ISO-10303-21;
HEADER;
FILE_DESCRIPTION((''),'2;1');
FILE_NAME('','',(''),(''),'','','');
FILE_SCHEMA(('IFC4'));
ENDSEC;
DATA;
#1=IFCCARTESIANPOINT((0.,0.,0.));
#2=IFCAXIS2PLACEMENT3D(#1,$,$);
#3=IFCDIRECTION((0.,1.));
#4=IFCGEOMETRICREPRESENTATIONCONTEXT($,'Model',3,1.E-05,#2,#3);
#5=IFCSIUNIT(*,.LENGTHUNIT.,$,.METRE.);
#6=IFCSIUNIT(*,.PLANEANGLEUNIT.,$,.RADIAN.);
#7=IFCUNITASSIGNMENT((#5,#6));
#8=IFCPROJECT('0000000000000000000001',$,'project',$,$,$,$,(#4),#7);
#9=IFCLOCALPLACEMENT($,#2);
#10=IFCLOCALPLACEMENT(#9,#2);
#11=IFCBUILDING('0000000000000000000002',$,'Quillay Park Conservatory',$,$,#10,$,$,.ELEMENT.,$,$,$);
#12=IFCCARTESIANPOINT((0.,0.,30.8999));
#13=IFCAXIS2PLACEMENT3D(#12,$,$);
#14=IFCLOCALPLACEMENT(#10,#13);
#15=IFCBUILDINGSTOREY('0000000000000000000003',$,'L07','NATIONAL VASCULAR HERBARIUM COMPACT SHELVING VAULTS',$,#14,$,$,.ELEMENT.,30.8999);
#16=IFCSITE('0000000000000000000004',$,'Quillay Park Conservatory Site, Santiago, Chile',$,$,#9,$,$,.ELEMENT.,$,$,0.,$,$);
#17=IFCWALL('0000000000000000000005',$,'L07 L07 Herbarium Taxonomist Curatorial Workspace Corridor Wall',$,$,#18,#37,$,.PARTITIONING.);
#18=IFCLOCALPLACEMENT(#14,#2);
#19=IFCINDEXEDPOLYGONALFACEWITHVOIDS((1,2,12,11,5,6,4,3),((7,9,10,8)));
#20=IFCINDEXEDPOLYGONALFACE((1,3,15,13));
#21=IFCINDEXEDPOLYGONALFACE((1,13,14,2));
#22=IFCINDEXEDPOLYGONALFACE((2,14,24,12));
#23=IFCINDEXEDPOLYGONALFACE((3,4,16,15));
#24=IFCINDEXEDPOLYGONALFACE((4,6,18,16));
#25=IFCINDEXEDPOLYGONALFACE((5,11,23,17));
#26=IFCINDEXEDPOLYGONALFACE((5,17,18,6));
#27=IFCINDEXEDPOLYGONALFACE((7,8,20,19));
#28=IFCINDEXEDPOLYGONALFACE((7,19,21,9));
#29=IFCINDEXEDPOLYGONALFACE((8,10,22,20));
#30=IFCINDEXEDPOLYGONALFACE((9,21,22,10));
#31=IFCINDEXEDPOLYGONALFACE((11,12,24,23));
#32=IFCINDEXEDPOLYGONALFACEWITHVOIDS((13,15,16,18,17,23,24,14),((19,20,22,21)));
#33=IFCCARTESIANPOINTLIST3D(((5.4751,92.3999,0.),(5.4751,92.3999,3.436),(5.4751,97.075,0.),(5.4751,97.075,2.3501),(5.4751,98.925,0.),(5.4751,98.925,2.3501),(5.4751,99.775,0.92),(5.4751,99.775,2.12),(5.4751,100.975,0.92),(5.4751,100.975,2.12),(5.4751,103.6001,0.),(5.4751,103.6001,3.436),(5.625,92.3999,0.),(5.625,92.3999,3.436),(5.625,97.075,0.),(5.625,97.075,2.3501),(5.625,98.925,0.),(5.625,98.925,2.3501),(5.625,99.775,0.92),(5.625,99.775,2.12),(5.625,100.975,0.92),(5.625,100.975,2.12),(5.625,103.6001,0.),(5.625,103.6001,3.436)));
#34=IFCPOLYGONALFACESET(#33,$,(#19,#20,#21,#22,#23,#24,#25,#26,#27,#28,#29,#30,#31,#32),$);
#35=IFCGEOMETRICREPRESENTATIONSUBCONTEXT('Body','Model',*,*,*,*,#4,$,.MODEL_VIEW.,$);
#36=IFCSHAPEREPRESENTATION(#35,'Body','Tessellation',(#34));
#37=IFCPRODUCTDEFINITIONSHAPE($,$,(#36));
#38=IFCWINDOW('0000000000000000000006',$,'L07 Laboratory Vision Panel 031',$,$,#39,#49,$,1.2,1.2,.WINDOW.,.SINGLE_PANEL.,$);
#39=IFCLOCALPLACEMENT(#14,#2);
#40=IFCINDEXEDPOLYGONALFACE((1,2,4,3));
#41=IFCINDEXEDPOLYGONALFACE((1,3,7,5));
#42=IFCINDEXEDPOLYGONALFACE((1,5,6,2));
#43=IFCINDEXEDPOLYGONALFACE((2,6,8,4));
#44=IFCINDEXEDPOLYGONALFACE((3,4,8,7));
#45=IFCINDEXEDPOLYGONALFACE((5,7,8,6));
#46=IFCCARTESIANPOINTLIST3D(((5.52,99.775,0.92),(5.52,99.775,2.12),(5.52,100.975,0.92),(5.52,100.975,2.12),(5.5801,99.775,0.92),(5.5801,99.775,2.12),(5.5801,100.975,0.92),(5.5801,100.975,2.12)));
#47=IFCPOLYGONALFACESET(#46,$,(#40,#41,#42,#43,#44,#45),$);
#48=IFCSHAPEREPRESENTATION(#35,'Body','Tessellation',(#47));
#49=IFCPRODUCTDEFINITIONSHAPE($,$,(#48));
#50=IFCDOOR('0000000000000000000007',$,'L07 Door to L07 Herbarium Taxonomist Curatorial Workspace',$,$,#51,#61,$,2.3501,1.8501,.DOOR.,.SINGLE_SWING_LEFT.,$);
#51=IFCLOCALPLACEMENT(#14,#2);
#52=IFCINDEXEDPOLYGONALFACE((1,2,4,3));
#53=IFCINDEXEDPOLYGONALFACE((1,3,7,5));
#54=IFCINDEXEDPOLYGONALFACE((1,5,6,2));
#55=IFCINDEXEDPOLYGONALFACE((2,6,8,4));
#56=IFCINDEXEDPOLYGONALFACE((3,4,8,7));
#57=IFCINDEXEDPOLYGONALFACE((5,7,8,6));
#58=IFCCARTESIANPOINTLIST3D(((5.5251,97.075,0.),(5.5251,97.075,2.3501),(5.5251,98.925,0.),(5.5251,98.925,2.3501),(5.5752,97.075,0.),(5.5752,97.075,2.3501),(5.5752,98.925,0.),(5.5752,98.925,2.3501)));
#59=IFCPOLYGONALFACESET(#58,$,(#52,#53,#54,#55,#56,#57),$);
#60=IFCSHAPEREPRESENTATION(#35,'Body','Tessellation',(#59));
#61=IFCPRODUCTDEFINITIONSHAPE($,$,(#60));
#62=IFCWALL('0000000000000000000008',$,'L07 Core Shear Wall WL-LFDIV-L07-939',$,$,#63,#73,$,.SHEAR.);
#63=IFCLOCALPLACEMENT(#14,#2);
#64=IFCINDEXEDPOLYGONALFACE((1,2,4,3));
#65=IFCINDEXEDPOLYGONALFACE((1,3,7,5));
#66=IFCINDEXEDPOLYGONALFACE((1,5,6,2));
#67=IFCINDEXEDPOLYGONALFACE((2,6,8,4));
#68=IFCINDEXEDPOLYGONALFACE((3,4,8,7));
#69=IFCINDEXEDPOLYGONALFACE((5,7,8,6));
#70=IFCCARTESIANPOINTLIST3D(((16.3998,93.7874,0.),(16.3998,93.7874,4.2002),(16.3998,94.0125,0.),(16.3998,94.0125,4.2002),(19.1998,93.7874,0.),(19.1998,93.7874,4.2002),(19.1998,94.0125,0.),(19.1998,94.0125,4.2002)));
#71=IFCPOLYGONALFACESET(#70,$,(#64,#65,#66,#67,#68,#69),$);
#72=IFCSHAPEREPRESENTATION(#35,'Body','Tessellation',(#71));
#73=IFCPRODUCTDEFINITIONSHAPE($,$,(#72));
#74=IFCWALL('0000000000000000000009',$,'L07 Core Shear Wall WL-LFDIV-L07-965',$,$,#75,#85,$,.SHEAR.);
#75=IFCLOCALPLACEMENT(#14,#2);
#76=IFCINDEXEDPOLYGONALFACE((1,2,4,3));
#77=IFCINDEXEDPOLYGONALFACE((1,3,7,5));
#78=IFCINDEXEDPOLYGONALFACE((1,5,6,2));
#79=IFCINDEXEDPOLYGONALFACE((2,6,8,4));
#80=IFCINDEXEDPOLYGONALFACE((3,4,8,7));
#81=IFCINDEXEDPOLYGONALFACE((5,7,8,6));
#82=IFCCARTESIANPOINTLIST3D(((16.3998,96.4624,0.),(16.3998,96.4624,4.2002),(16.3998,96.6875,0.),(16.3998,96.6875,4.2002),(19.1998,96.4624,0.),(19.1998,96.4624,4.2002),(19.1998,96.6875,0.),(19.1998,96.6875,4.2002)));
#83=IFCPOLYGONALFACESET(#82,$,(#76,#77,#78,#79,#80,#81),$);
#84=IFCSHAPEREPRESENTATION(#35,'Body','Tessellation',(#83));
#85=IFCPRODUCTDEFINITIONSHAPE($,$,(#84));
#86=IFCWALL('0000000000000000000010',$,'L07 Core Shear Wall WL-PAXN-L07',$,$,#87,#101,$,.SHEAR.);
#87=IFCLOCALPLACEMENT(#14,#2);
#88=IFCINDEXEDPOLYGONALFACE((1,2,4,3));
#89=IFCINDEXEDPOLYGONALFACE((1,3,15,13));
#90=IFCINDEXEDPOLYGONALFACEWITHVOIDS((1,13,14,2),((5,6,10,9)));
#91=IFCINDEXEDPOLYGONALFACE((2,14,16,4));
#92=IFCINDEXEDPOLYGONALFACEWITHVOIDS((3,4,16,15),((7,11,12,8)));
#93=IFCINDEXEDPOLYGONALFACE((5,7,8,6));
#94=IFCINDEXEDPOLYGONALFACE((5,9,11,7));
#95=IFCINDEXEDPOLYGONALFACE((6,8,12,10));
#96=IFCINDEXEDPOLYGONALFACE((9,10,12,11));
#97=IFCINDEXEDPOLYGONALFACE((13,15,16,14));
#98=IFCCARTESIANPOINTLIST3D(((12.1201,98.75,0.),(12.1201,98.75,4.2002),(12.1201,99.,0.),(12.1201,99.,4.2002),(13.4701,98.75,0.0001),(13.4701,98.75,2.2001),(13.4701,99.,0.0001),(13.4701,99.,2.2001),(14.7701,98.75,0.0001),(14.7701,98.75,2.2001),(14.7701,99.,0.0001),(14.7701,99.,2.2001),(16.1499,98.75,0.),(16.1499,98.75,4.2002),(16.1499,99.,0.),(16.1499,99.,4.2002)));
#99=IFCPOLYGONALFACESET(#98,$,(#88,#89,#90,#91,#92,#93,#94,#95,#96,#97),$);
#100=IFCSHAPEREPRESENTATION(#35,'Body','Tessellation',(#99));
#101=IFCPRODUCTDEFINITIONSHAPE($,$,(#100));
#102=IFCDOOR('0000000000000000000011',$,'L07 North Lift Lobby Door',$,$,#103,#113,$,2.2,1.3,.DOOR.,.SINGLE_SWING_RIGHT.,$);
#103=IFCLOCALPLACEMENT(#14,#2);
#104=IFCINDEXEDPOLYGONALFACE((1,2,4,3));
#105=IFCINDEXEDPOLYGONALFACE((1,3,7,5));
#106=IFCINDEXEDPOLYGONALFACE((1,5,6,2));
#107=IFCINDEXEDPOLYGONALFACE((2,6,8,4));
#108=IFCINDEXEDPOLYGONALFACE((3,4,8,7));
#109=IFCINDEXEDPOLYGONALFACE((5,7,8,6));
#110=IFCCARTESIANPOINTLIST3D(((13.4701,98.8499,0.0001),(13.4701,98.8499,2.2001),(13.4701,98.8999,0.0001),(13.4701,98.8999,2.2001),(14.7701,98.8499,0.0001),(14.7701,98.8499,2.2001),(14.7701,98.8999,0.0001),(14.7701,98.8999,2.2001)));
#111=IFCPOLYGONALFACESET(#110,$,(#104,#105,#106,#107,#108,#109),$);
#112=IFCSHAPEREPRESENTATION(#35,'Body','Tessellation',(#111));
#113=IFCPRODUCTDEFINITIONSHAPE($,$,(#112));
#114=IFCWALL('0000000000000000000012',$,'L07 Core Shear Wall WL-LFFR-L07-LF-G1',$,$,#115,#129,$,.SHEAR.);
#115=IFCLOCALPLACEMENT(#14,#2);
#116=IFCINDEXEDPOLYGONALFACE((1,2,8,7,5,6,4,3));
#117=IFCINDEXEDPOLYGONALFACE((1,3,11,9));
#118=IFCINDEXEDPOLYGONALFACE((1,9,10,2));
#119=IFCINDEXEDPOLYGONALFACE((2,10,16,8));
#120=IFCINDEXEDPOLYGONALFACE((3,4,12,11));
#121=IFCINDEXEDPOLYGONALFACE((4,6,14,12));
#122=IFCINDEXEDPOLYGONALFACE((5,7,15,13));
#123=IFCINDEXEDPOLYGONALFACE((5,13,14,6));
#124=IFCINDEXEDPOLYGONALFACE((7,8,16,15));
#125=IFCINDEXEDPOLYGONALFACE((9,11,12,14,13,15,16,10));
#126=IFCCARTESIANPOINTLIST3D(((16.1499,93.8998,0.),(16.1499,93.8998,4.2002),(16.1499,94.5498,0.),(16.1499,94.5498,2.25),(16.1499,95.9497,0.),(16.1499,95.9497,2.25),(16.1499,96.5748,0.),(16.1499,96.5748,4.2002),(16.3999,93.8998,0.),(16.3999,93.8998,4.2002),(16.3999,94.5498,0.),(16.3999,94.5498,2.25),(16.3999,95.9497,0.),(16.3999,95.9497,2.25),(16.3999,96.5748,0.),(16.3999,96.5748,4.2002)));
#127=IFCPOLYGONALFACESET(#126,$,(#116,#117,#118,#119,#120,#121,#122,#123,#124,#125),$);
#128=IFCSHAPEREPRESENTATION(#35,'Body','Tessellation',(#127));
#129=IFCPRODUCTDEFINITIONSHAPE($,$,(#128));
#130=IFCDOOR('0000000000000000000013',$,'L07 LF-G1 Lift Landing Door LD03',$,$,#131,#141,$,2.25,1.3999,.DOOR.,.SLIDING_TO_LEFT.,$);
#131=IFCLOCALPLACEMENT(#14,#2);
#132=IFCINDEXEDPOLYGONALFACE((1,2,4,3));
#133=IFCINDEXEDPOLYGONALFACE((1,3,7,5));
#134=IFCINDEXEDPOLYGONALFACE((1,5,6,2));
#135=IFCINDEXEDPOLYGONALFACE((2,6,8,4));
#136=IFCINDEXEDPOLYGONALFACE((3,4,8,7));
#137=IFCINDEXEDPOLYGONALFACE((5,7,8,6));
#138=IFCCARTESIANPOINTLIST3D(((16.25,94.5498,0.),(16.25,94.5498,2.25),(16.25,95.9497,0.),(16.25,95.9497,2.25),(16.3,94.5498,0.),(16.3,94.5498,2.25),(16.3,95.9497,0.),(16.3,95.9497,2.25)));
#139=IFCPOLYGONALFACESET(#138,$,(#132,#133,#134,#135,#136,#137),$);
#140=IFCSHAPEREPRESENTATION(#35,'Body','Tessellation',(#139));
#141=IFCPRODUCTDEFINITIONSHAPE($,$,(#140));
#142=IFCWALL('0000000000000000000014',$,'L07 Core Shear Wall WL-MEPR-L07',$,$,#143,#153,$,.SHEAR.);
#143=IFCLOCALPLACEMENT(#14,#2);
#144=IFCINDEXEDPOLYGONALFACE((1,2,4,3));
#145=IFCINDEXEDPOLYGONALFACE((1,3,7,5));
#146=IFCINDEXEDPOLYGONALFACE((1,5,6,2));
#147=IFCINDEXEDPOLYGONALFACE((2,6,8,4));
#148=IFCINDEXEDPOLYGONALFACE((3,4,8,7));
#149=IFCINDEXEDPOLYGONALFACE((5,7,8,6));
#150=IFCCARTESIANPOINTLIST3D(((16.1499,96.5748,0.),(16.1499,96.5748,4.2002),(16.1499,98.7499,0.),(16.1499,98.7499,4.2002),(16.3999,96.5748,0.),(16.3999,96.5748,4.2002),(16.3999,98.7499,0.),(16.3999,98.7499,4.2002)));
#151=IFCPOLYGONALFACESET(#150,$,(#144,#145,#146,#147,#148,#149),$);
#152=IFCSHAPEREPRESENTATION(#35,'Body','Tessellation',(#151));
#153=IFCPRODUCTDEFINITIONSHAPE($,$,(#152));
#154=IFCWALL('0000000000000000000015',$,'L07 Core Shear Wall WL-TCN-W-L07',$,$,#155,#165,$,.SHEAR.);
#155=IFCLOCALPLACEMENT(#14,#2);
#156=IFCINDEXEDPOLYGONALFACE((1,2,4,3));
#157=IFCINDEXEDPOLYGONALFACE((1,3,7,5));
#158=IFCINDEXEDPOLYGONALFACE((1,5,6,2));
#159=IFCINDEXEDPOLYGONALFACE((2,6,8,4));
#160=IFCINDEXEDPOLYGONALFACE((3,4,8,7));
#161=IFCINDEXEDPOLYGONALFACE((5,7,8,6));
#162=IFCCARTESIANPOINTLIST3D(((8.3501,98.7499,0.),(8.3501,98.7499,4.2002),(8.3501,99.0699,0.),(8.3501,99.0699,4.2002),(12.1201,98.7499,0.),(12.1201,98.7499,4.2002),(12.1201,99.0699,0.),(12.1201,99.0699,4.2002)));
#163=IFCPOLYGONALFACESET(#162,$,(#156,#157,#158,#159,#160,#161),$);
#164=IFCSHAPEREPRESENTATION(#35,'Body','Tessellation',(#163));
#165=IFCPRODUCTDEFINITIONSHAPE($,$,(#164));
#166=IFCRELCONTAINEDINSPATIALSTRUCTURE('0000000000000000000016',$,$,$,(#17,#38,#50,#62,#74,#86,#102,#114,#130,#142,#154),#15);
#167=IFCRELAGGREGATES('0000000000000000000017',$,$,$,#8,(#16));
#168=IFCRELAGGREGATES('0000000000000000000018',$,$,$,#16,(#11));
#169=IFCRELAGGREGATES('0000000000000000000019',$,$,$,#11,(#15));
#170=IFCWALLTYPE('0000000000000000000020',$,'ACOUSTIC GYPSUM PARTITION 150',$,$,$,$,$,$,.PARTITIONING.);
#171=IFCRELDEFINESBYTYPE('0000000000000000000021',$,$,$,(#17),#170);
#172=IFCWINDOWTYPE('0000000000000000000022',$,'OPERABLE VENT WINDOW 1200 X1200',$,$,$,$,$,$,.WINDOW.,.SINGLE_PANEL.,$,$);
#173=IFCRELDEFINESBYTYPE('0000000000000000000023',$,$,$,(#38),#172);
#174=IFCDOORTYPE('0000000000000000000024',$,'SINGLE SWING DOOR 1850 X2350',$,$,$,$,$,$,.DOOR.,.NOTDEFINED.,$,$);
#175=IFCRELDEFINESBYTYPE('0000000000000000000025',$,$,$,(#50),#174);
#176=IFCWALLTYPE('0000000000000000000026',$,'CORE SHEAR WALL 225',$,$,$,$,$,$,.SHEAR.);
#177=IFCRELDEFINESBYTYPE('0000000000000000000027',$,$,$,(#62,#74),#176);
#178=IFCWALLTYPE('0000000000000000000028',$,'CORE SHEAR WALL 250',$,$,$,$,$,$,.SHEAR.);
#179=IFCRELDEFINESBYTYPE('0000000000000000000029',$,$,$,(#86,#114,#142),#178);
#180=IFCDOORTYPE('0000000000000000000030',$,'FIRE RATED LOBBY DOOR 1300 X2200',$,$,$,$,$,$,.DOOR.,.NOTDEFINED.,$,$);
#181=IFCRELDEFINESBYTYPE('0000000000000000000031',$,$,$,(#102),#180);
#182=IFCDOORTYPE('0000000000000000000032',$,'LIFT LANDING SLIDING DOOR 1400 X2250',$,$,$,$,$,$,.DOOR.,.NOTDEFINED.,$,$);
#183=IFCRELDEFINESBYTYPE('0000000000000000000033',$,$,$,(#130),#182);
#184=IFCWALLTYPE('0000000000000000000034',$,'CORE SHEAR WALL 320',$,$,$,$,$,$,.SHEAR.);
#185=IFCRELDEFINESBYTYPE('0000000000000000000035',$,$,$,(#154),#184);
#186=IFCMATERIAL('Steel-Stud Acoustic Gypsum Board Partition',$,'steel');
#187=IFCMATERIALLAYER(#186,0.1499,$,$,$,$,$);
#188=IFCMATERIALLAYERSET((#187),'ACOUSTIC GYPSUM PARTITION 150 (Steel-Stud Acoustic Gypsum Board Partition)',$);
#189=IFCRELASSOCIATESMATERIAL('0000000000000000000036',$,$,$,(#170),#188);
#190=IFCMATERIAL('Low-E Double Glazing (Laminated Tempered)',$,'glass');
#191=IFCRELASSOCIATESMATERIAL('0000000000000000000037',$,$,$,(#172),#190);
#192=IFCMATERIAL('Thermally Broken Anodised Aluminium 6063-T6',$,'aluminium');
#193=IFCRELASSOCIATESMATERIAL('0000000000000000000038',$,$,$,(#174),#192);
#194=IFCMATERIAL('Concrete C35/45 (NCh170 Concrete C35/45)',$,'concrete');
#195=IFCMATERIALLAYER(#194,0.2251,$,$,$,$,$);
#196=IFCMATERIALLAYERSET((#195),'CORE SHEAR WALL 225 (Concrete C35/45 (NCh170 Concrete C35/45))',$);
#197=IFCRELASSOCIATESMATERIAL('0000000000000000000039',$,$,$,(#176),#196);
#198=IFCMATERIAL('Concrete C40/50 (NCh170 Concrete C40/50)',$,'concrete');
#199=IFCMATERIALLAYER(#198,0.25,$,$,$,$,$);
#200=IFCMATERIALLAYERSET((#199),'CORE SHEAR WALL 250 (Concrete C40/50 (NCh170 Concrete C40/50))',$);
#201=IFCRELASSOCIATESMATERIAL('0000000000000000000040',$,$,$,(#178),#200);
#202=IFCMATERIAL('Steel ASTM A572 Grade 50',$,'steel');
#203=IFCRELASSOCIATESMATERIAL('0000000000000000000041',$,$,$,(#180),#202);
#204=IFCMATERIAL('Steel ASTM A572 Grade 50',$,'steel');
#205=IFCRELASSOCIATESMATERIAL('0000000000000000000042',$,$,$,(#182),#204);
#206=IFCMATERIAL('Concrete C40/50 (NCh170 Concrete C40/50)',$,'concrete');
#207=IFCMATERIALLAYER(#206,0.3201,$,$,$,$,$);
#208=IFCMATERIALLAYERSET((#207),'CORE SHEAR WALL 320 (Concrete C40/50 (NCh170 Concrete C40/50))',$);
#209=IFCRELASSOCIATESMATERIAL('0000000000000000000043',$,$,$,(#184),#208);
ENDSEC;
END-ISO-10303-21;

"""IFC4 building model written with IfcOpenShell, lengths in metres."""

from ifc_helpers import new_model, si_unit, direction, frame, frame_2d, origin, place, context, subcontext, project, spatial, rectangle, extrude, material, layer, layer_set, type_object, element, fill, save


model = new_model("IFC4")

# Units and contexts
model_context = context("Model", 3, precision=1e-05, world=origin(), true_north=direction((0.0, 1.0)))
body_context = subcontext(model_context, "Body", "Model", "MODEL_VIEW")
ifc_project = project(units=[si_unit("LENGTHUNIT", "METRE"), si_unit("PLANEANGLEUNIT", "RADIAN")], contexts=[model_context])

# Site, building, storey
site_placement = place(None, origin())
site = spatial("IfcSite", under=ifc_project, at=site_placement, Name="Quillay Park Conservatory Site, Santiago, Chile", CompositionType="ELEMENT", RefElevation=0.0)
building_placement = place(site_placement, origin())
building = spatial("IfcBuilding", under=site, at=building_placement, Name="Quillay Park Conservatory", CompositionType="ELEMENT")
storey_placement = place(building_placement, frame((0.0, 0.0, 30.8999)))
storey = spatial("IfcBuildingStorey", under=building, at=storey_placement, Name="L07", Description="NATIONAL VASCULAR HERBARIUM COMPACT SHELVING VAULTS", CompositionType="ELEMENT", Elevation=30.8999)

# Shared definitions
ifc_material_1 = material(Name="Steel-Stud Acoustic Gypsum Board Partition", Category="steel")
ifc_layer_1 = layer(ifc_material_1, 0.1499)
ifc_layer_set_1 = layer_set([ifc_layer_1], Name="ACOUSTIC GYPSUM PARTITION 150 (Steel-Stud Acoustic Gypsum Board Partition)")
wall_type_1 = type_object("IfcWallType", Name="ACOUSTIC GYPSUM PARTITION 150", PredefinedType="PARTITIONING", material=ifc_layer_set_1)

# Wall, openings, window, door
wall_1_placement = place(storey_placement, frame((5.55, 92.3999, 0.0), z_axis=(0.0, 0.0, 1.0), x_axis=(0.0, 1.0, 0.0)))
wall_1 = element("IfcWall", 1, at=wall_1_placement, inside=storey, type_object=wall_type_1, Name="L07 L07 Herbarium Taxonomist Curatorial Workspace Corridor Wall", PredefinedType="PARTITIONING", context=body_context, shape_type="SweptSolid", body=[
    extrude(rectangle(XDim=11.2002, YDim=0.1499, at=frame_2d((5.6001, 0.0))), origin(), (0.0, 0.0, 1.0), 3.436),
])
opening_1_placement = place(wall_1_placement, frame((4.675, 0.0, 0.0)))
opening_1 = element("IfcOpeningElement", 2, at=opening_1_placement, cuts=wall_1, PredefinedType="OPENING", context=body_context, shape_type="SweptSolid", body=[
    extrude(rectangle(XDim=1.8501, YDim=2.3501, at=frame_2d((0.925, 1.175))), frame((0.0, 0.075, 0.0), z_axis=(0.0, -1.0, 0.0), x_axis=(1.0, 0.0, 0.0)), (0.0, 0.0, 1.0), 0.1499),
])
opening_2_placement = place(wall_1_placement, frame((7.375, 0.0, 0.9199)))
opening_2 = element("IfcOpeningElement", 3, at=opening_2_placement, cuts=wall_1, PredefinedType="OPENING", context=body_context, shape_type="SweptSolid", body=[
    extrude(rectangle(XDim=1.2, YDim=1.2, at=frame_2d((0.6001, 0.6001))), frame((0.0, 0.075, 0.0), z_axis=(0.0, -1.0, 0.0), x_axis=(1.0, 0.0, 0.0)), (0.0, 0.0, 1.0), 0.1499),
])
ifc_material_2 = material(Name="Low-E Double Glazing (Laminated Tempered)", Category="glass")
window_type = type_object("IfcWindowType", Name="OPERABLE VENT WINDOW 1200 X1200", PartitioningType="SINGLE_PANEL", PredefinedType="WINDOW", material=ifc_material_2)
window_placement = place(opening_2_placement, origin())
window = element("IfcWindow", 4, at=window_placement, inside=storey, type_object=window_type, Name="L07 Laboratory Vision Panel 031", OverallHeight=1.2, OverallWidth=1.2, PartitioningType="SINGLE_PANEL", PredefinedType="WINDOW", context=body_context, shape_type="SweptSolid", body=[
    extrude(rectangle(XDim=1.2, YDim=1.2, at=frame_2d((0.6001, 0.6001))), frame((0.0, 0.03, 0.0), z_axis=(0.0, -1.0, 0.0), x_axis=(1.0, 0.0, 0.0)), (0.0, 0.0, 1.0), 0.0601),
])
fill(opening_2, window)
ifc_material_3 = material(Name="Thermally Broken Anodised Aluminium 6063-T6", Category="aluminium")
door_type_1 = type_object("IfcDoorType", Name="SINGLE SWING DOOR 1850 X2350", OperationType="NOTDEFINED", PredefinedType="DOOR", material=ifc_material_3)
door_1_placement = place(opening_1_placement, origin())
door_1 = element("IfcDoor", 5, at=door_1_placement, inside=storey, type_object=door_type_1, Name="L07 Door to L07 Herbarium Taxonomist Curatorial Workspace", OperationType="SINGLE_SWING_LEFT", OverallHeight=2.3501, OverallWidth=1.8501, PredefinedType="DOOR", context=body_context, shape_type="SweptSolid", body=[
    extrude(rectangle(XDim=1.8501, YDim=2.3501, at=frame_2d((0.925, 1.175))), frame((0.0, 0.0249, 0.0), z_axis=(0.0, -1.0, 0.0), x_axis=(1.0, 0.0, 0.0)), (0.0, 0.0, 1.0), 0.05),
])
fill(opening_1, door_1)

# Walls
ifc_material_4 = material(Name="Concrete C35/45 (NCh170 Concrete C35/45)", Category="concrete")
ifc_layer_2 = layer(ifc_material_4, 0.2251)
ifc_layer_set_2 = layer_set([ifc_layer_2], Name="CORE SHEAR WALL 225 (Concrete C35/45 (NCh170 Concrete C35/45))")
wall_type_2 = type_object("IfcWallType", Name="CORE SHEAR WALL 225", PredefinedType="SHEAR", material=ifc_layer_set_2)
for number, where, z_axis, x_axis, name in (
    (6, (16.3999, 93.8999, 0.0), (0.0, 0.0, 1.0), (1.0, 0.0, 0.0), "L07 Core Shear Wall WL-LFDIV-L07-939"),
    (7, (16.3999, 96.575, 0.0), (0.0, 0.0, 1.0), (1.0, 0.0, 0.0), "L07 Core Shear Wall WL-LFDIV-L07-965"),
):
    element("IfcWall", number, at=place(storey_placement, frame(where, z_axis=z_axis, x_axis=x_axis)), inside=storey, type_object=wall_type_2, Name=name, PredefinedType="SHEAR", context=body_context, shape_type="SweptSolid", body=[
        extrude(rectangle(XDim=2.8, YDim=0.2251, at=frame_2d((1.3999, 0.0))), origin(), (0.0, 0.0, 1.0), 4.2002),
    ])

# Walls, openings, doors
ifc_material_5 = material(Name="Concrete C40/50 (NCh170 Concrete C40/50)", Category="concrete")
ifc_layer_3 = layer(ifc_material_5, 0.25)
ifc_layer_set_3 = layer_set([ifc_layer_3], Name="CORE SHEAR WALL 250 (Concrete C40/50 (NCh170 Concrete C40/50))")
wall_type_3 = type_object("IfcWallType", Name="CORE SHEAR WALL 250", PredefinedType="SHEAR", material=ifc_layer_set_3)
wall_2_placement = place(storey_placement, frame((12.1201, 98.875, 0.0), z_axis=(0.0, 0.0, 1.0), x_axis=(1.0, 0.0, 0.0)))
wall_2 = element("IfcWall", 8, at=wall_2_placement, inside=storey, type_object=wall_type_3, Name="L07 Core Shear Wall WL-PAXN-L07", PredefinedType="SHEAR", context=body_context, shape_type="SweptSolid", body=[
    extrude(rectangle(XDim=4.0298, YDim=0.25, at=frame_2d((2.0149, 0.0))), origin(), (0.0, 0.0, 1.0), 4.2002),
])
opening_3_placement = place(wall_2_placement, frame((1.3501, 0.0, 0.0)))
opening_3 = element("IfcOpeningElement", 9, at=opening_3_placement, cuts=wall_2, PredefinedType="OPENING", context=body_context, shape_type="SweptSolid", body=[
    extrude(rectangle(XDim=1.3, YDim=2.2, at=frame_2d((0.6499, 1.1001))), frame((0.0, 0.125, 0.0), z_axis=(0.0, -1.0, 0.0), x_axis=(1.0, 0.0, 0.0)), (0.0, 0.0, 1.0), 0.25),
])
ifc_material_6 = material(Name="Steel ASTM A572 Grade 50", Category="steel")
door_type_2 = type_object("IfcDoorType", Name="FIRE RATED LOBBY DOOR 1300 X2200", OperationType="NOTDEFINED", PredefinedType="DOOR", material=ifc_material_6)
door_2_placement = place(opening_3_placement, origin())
door_2 = element("IfcDoor", 10, at=door_2_placement, inside=storey, type_object=door_type_2, Name="L07 North Lift Lobby Door", OperationType="SINGLE_SWING_RIGHT", OverallHeight=2.2, OverallWidth=1.3, PredefinedType="DOOR", context=body_context, shape_type="SweptSolid", body=[
    extrude(rectangle(XDim=1.3, YDim=2.2, at=frame_2d((0.6499, 1.1001))), frame((0.0, 0.0249, 0.0), z_axis=(0.0, -1.0, 0.0), x_axis=(1.0, 0.0, 0.0)), (0.0, 0.0, 1.0), 0.05),
])
fill(opening_3, door_2)
wall_3_placement = place(storey_placement, frame((16.2749, 93.8999, 0.0), z_axis=(0.0, 0.0, 1.0), x_axis=(0.0, 1.0, 0.0)))
wall_3 = element("IfcWall", 11, at=wall_3_placement, inside=storey, type_object=wall_type_3, Name="L07 Core Shear Wall WL-LFFR-L07-LF-G1", PredefinedType="SHEAR", context=body_context, shape_type="SweptSolid", body=[
    extrude(rectangle(XDim=2.675, YDim=0.25, at=frame_2d((1.3374, 0.0))), origin(), (0.0, 0.0, 1.0), 4.2002),
])
opening_4_placement = place(wall_3_placement, frame((0.6499, 0.0, 0.0)))
opening_4 = element("IfcOpeningElement", 12, at=opening_4_placement, cuts=wall_3, PredefinedType="OPENING", context=body_context, shape_type="SweptSolid", body=[
    extrude(rectangle(XDim=1.3999, YDim=2.25, at=frame_2d((0.7, 1.125))), frame((0.0, 0.125, 0.0), z_axis=(0.0, -1.0, 0.0), x_axis=(1.0, 0.0, 0.0)), (0.0, 0.0, 1.0), 0.25),
])
ifc_material_7 = material(Name="Steel ASTM A572 Grade 50", Category="steel")
door_type_3 = type_object("IfcDoorType", Name="LIFT LANDING SLIDING DOOR 1400 X2250", OperationType="NOTDEFINED", PredefinedType="DOOR", material=ifc_material_7)
door_3_placement = place(opening_4_placement, origin())
door_3 = element("IfcDoor", 13, at=door_3_placement, inside=storey, type_object=door_type_3, Name="L07 LF-G1 Lift Landing Door LD03", OperationType="SLIDING_TO_LEFT", OverallHeight=2.25, OverallWidth=1.3999, PredefinedType="DOOR", context=body_context, shape_type="SweptSolid", body=[
    extrude(rectangle(XDim=1.3999, YDim=2.25, at=frame_2d((0.7, 1.125))), frame((0.0, 0.0249, 0.0), z_axis=(0.0, -1.0, 0.0), x_axis=(1.0, 0.0, 0.0)), (0.0, 0.0, 1.0), 0.05),
])
fill(opening_4, door_3)

# Walls
wall_4_placement = place(storey_placement, frame((16.2749, 96.575, 0.0), z_axis=(0.0, 0.0, 1.0), x_axis=(0.0, 1.0, 0.0)))
element("IfcWall", 14, at=wall_4_placement, inside=storey, type_object=wall_type_3, Name="L07 Core Shear Wall WL-MEPR-L07", PredefinedType="SHEAR", context=body_context, shape_type="SweptSolid", body=[
    extrude(rectangle(XDim=2.175, YDim=0.25, at=frame_2d((1.0874, 0.0))), origin(), (0.0, 0.0, 1.0), 4.2002),
])
ifc_material_8 = material(Name="Concrete C40/50 (NCh170 Concrete C40/50)", Category="concrete")
ifc_layer_4 = layer(ifc_material_8, 0.3201)
ifc_layer_set_4 = layer_set([ifc_layer_4], Name="CORE SHEAR WALL 320 (Concrete C40/50 (NCh170 Concrete C40/50))")
wall_type_4 = type_object("IfcWallType", Name="CORE SHEAR WALL 320", PredefinedType="SHEAR", material=ifc_layer_set_4)
wall_5_placement = place(storey_placement, frame((8.3501, 98.9099, 0.0), z_axis=(0.0, 0.0, 1.0), x_axis=(1.0, 0.0, 0.0)))
element("IfcWall", 15, at=wall_5_placement, inside=storey, type_object=wall_type_4, Name="L07 Core Shear Wall WL-TCN-W-L07", PredefinedType="SHEAR", context=body_context, shape_type="SweptSolid", body=[
    extrude(rectangle(XDim=3.77, YDim=0.3201, at=frame_2d((1.885, 0.0))), origin(), (0.0, 0.0, 1.0), 4.2002),
])

save(model, "model.ifc")
